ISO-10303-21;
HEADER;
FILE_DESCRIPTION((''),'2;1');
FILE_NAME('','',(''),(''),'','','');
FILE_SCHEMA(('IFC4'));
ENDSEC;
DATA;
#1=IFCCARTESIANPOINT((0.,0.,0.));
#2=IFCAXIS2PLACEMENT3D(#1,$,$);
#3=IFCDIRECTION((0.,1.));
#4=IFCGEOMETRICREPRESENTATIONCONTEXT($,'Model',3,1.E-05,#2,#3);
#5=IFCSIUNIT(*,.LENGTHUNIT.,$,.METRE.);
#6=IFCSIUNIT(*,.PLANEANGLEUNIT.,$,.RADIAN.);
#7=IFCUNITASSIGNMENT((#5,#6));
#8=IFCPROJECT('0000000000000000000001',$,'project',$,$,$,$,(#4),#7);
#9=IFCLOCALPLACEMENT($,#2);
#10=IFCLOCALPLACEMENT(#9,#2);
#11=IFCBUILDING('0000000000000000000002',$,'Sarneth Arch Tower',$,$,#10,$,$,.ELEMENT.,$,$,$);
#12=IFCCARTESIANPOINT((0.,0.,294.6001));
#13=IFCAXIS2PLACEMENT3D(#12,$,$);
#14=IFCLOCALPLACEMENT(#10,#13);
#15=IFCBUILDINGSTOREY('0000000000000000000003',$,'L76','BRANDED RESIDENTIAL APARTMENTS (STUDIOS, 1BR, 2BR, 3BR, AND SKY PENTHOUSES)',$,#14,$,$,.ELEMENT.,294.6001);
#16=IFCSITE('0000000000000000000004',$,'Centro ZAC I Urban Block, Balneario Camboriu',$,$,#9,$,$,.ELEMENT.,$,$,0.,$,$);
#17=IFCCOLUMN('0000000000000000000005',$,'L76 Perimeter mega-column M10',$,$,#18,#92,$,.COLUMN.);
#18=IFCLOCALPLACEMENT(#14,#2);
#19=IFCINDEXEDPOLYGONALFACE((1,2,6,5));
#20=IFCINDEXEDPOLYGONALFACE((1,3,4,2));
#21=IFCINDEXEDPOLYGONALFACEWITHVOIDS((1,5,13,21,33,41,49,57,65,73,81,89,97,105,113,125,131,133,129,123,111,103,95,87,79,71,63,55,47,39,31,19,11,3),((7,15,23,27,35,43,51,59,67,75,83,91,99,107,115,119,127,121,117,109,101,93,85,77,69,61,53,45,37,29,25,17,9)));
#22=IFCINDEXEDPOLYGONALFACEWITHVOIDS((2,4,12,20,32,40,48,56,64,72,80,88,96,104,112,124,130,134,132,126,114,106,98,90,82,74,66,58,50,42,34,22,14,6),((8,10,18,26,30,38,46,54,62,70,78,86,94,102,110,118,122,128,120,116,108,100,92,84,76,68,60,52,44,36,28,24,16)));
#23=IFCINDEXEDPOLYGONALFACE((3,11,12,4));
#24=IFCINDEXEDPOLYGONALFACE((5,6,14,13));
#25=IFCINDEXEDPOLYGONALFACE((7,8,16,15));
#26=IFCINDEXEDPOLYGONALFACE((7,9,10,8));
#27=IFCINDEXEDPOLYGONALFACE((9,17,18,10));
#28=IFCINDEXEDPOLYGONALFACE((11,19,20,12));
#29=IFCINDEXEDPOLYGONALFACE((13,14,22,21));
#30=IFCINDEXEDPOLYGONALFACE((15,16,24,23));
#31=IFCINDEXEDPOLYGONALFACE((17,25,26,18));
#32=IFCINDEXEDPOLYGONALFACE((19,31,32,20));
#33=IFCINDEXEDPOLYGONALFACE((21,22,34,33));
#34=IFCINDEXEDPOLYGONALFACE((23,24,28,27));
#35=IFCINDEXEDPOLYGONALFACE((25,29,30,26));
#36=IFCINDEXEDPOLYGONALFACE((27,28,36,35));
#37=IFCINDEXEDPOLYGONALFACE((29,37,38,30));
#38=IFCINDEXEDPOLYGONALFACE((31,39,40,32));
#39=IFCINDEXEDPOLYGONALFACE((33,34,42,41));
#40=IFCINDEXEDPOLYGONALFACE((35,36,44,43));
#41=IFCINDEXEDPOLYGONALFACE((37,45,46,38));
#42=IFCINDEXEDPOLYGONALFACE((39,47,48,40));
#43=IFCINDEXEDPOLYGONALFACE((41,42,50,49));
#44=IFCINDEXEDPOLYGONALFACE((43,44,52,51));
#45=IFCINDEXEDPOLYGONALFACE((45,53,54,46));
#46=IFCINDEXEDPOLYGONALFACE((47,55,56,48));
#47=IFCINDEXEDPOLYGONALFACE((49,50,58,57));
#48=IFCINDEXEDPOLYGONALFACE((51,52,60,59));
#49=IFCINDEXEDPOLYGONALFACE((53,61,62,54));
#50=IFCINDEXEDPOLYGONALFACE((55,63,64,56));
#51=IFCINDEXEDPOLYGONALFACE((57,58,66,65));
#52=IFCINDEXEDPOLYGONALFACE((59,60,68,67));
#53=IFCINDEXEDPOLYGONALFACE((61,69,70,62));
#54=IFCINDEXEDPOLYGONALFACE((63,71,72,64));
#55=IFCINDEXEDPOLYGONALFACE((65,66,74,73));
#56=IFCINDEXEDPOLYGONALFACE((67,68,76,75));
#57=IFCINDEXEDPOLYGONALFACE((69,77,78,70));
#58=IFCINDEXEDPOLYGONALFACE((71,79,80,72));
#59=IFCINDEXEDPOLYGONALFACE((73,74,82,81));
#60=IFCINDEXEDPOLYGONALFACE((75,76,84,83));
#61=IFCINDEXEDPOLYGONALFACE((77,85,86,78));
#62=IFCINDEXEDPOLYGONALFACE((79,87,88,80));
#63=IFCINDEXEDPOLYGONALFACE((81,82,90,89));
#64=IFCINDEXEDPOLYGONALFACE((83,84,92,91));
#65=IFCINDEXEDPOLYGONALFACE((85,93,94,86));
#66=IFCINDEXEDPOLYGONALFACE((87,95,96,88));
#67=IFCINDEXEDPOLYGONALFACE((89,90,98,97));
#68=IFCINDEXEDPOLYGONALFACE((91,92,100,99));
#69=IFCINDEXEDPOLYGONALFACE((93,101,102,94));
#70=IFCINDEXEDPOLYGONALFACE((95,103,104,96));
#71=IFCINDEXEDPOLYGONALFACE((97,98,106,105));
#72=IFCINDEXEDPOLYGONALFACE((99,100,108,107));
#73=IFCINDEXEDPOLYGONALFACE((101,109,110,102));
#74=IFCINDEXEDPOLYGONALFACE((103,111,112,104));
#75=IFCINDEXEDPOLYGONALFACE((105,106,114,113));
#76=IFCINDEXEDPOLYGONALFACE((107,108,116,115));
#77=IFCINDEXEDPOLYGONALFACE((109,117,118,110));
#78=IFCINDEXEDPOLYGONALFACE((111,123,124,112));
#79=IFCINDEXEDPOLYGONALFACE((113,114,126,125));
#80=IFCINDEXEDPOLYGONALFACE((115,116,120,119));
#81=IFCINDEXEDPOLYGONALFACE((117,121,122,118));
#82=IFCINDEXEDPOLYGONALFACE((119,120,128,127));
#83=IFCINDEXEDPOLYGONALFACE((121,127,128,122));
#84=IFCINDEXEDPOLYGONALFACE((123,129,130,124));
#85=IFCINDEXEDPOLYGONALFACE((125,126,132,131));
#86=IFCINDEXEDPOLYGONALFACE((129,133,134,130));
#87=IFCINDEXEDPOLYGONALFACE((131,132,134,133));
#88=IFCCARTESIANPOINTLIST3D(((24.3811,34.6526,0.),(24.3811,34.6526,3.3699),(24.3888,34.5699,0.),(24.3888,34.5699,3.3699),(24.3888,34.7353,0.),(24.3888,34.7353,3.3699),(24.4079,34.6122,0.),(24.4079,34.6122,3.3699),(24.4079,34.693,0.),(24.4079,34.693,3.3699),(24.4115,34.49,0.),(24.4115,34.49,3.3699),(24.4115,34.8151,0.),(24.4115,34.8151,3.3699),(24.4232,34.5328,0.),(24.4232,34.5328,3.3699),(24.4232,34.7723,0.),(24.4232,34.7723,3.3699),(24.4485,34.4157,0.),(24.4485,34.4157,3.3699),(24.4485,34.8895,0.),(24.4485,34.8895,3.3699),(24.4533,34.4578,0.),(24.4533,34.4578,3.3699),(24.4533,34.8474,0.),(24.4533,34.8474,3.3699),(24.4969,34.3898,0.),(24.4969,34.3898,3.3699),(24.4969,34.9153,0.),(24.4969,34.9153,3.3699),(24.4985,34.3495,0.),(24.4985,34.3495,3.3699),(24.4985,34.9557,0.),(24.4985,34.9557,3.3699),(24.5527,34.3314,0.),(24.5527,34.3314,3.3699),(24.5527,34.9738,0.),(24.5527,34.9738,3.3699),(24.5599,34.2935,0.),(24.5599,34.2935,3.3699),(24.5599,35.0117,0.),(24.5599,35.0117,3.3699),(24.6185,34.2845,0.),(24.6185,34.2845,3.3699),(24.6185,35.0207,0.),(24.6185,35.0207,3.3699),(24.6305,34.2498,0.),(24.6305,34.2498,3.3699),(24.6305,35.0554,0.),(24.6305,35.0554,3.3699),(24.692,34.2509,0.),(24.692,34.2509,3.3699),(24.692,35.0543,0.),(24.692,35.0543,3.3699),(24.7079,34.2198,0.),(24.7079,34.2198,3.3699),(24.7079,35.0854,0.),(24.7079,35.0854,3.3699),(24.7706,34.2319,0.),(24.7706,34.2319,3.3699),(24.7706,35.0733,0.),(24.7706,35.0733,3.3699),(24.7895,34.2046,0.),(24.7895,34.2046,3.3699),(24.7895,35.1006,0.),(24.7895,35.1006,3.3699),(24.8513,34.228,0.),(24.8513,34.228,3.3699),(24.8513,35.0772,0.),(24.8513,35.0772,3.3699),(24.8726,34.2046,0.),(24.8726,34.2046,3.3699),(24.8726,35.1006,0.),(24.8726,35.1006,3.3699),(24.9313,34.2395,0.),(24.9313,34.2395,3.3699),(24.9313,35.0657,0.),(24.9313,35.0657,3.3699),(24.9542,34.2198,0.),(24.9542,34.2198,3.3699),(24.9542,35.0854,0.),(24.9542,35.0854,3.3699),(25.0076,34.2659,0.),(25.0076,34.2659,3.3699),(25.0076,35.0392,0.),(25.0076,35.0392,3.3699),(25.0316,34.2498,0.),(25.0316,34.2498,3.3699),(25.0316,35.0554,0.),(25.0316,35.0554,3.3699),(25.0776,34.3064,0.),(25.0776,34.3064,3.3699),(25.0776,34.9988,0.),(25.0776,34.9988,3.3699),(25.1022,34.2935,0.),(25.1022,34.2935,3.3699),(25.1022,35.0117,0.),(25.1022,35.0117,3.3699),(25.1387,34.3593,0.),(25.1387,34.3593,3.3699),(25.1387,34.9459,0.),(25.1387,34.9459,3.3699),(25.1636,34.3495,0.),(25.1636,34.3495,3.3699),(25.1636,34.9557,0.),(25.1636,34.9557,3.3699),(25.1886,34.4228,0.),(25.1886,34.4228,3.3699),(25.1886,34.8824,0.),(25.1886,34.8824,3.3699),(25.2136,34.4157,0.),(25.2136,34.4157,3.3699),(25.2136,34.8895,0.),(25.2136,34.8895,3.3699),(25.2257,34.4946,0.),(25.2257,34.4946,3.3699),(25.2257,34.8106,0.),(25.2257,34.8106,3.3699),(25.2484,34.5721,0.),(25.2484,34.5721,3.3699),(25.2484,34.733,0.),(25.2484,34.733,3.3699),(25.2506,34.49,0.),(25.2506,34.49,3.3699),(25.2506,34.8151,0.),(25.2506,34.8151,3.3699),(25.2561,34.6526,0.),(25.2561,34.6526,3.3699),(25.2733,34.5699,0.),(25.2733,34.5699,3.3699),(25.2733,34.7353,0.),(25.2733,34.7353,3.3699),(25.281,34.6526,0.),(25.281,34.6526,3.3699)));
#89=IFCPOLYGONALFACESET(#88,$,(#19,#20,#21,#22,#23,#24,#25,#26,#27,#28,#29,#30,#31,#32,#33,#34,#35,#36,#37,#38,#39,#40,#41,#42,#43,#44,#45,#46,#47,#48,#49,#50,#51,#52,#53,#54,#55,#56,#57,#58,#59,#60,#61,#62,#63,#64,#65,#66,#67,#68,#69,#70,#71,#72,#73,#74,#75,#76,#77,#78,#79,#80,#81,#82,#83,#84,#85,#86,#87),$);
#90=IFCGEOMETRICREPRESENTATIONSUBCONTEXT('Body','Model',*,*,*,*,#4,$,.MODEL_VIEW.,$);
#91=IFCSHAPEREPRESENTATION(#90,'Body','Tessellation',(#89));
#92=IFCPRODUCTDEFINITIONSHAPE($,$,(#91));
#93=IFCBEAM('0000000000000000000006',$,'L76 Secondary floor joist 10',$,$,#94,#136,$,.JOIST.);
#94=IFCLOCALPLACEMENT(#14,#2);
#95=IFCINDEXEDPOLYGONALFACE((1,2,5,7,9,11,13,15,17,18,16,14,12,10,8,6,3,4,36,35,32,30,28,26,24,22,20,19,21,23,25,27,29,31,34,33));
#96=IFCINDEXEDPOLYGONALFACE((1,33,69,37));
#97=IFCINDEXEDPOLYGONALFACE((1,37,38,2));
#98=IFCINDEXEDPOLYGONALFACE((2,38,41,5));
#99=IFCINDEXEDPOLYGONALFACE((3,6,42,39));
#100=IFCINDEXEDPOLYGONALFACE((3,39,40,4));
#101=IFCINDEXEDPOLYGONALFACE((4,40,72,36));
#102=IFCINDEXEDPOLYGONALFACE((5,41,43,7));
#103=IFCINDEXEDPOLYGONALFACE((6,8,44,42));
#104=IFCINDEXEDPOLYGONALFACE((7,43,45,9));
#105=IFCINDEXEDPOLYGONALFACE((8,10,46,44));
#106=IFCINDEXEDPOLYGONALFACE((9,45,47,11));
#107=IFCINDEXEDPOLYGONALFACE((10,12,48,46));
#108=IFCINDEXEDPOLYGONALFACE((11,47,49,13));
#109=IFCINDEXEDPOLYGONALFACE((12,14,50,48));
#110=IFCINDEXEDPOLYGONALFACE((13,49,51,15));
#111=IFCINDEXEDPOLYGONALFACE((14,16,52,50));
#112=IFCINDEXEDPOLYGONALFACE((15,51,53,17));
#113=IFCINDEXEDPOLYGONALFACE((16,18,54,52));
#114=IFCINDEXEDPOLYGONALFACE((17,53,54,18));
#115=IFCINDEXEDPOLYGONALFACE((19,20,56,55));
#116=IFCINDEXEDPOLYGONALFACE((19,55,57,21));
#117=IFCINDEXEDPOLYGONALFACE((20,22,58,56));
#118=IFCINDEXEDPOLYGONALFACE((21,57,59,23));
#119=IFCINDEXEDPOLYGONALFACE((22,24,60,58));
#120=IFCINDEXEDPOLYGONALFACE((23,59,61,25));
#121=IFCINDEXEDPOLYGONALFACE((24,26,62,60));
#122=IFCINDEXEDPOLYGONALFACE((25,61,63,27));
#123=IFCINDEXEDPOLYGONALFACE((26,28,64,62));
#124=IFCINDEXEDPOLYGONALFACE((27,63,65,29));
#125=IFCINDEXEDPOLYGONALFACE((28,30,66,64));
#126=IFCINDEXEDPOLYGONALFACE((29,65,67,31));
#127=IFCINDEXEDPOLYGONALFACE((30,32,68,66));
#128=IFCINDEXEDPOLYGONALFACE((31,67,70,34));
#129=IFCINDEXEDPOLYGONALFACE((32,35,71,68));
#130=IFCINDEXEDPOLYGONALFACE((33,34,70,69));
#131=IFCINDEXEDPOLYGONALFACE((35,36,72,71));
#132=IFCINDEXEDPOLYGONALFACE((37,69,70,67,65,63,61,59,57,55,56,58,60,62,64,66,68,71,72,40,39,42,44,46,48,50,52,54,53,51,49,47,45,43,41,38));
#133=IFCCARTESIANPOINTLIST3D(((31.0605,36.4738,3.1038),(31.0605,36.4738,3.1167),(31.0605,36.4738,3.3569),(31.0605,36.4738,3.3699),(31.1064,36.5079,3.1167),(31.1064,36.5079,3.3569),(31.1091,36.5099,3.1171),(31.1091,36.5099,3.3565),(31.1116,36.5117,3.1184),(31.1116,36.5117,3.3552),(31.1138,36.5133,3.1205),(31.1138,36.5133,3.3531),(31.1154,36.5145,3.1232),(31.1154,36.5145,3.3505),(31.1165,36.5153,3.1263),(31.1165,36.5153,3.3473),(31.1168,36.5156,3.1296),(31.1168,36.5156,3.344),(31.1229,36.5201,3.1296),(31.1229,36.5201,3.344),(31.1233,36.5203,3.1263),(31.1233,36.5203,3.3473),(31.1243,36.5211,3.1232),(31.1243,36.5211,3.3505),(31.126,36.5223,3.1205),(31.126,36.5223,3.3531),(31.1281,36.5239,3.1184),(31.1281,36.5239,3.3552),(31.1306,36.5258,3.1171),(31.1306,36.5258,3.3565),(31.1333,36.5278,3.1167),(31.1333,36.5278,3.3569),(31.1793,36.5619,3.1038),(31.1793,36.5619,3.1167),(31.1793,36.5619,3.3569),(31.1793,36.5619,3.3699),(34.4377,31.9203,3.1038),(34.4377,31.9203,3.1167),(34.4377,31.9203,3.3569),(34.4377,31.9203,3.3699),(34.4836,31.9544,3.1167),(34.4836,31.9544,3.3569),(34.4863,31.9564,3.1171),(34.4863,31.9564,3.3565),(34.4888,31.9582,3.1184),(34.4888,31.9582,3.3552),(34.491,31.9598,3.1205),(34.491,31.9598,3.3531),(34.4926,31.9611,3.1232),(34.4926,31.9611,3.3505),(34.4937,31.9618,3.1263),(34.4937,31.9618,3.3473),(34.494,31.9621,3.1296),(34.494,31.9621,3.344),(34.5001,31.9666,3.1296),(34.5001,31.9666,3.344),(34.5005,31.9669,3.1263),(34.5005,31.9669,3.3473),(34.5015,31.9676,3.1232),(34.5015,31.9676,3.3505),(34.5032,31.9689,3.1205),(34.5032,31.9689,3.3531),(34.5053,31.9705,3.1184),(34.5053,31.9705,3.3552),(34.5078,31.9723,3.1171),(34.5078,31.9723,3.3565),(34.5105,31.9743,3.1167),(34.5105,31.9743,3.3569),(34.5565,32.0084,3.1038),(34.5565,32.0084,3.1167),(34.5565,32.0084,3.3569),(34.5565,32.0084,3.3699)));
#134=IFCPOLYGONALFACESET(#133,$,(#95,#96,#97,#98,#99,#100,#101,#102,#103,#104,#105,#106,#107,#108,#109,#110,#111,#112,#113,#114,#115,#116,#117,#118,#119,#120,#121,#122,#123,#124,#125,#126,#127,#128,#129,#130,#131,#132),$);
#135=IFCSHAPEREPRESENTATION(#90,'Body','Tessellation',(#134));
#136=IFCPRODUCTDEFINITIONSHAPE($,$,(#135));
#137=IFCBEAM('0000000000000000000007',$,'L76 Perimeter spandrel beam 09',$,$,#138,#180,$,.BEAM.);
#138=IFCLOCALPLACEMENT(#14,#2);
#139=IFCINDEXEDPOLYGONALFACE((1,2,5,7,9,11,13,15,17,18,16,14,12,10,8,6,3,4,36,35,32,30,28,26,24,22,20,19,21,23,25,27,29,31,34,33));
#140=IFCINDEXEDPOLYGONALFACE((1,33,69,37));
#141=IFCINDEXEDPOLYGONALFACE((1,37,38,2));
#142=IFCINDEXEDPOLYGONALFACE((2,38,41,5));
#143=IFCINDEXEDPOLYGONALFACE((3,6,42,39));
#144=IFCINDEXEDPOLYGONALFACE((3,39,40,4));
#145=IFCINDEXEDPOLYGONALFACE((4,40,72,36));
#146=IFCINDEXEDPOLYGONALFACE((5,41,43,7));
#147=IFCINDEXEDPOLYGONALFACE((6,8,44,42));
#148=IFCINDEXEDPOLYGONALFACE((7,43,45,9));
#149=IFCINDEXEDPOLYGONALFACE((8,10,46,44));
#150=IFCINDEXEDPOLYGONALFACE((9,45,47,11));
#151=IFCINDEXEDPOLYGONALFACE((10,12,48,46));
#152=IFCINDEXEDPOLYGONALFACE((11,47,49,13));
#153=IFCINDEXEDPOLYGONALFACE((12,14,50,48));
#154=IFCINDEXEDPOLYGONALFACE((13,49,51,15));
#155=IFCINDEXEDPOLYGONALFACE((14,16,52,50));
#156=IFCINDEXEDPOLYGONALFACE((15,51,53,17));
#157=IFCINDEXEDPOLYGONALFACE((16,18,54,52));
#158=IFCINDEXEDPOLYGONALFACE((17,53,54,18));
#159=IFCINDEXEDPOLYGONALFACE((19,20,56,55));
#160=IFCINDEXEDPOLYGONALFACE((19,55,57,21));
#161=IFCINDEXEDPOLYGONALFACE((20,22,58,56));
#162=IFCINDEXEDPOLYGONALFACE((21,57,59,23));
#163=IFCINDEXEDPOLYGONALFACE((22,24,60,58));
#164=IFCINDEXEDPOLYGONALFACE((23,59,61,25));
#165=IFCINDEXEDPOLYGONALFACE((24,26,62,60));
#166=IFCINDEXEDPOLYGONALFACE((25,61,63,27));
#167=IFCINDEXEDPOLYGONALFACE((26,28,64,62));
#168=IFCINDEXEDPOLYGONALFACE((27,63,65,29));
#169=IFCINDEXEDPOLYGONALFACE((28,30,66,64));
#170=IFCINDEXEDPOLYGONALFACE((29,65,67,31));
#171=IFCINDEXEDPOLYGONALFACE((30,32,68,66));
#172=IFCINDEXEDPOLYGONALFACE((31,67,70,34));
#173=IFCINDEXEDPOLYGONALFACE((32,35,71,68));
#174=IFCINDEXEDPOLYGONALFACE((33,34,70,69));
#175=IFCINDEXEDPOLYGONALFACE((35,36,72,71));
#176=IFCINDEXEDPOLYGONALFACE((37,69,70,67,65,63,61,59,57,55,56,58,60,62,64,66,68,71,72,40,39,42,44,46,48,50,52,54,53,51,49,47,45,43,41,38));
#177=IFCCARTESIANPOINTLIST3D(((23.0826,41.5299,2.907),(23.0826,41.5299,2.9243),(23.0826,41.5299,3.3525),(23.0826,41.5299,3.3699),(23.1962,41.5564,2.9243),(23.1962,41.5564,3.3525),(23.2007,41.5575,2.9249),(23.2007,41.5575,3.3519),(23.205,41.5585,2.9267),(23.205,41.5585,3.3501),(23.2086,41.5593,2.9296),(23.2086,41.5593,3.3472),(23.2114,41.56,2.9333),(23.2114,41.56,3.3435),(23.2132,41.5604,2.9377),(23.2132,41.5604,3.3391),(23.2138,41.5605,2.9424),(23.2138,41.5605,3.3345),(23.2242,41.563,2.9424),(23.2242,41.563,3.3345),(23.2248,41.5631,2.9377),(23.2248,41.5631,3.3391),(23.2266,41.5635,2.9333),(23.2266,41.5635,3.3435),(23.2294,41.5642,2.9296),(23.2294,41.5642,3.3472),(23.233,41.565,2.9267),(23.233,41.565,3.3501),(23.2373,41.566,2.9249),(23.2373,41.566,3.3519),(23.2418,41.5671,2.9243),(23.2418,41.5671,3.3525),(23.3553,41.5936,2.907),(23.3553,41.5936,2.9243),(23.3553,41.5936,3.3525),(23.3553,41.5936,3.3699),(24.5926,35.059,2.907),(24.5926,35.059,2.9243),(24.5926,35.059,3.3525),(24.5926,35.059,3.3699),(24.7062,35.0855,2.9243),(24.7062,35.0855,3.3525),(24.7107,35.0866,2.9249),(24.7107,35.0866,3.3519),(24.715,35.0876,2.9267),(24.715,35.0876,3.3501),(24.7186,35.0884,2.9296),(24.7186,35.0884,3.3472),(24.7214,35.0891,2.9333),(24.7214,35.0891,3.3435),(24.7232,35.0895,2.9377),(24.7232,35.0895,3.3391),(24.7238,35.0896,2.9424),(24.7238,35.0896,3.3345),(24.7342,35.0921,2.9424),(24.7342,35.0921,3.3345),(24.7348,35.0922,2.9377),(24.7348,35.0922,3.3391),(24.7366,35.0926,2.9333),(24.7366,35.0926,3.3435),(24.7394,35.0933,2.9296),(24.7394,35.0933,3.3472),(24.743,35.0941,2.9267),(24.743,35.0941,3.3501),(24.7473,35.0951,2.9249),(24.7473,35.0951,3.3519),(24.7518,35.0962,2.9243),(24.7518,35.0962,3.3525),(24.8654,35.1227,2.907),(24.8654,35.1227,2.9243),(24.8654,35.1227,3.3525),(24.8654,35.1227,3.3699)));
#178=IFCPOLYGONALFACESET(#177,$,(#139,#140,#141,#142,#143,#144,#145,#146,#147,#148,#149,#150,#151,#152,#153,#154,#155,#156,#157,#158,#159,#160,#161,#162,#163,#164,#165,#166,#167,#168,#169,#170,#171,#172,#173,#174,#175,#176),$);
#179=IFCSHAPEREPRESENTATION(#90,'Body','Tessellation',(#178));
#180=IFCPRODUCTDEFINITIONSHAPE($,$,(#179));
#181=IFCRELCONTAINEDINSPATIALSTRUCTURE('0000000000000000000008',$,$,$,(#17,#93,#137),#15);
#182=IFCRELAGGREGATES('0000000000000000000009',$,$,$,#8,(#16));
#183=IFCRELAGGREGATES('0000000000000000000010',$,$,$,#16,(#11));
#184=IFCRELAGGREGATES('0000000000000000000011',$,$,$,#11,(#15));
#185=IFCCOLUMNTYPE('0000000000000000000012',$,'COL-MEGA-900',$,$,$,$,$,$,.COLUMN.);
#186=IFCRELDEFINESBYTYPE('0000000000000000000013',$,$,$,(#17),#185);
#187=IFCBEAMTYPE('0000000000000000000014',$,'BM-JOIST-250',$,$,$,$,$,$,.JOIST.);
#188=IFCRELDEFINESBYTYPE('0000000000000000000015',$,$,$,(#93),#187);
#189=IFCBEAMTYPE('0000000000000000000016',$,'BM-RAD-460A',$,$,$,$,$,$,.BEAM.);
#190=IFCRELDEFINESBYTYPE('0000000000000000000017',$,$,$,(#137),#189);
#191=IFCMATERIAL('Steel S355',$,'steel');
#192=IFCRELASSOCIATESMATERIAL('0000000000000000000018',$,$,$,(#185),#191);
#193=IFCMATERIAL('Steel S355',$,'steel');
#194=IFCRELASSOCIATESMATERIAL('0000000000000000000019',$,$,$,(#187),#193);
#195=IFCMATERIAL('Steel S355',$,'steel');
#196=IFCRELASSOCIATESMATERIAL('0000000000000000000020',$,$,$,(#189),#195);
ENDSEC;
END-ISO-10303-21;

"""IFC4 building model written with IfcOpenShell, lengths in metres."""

from ifc_helpers import new_model, si_unit, direction, frame, origin, origin_2d, place, context, subcontext, project, spatial, hollow_circle, i_section, extrude, material, material_profile, profile_set, type_object, element, save


model = new_model("IFC4")

# Units and contexts
model_context = context("Model", 3, precision=1e-05, world=origin(), true_north=direction((0.0, 1.0)))
body_context = subcontext(model_context, "Body", "Model", "MODEL_VIEW")
ifc_project = project(units=[si_unit("LENGTHUNIT", "METRE"), si_unit("PLANEANGLEUNIT", "RADIAN")], contexts=[model_context])

# Site, building, storey
site_placement = place(None, origin())
site = spatial("IfcSite", under=ifc_project, at=site_placement, Name="Centro ZAC I Urban Block, Balneario Camboriu", CompositionType="ELEMENT", RefElevation=0.0)
building_placement = place(site_placement, origin())
building = spatial("IfcBuilding", under=site, at=building_placement, Name="Sarneth Arch Tower", CompositionType="ELEMENT")
storey_placement = place(building_placement, frame((0.0, 0.0, 294.6001)))
storey = spatial("IfcBuildingStorey", under=building, at=storey_placement, Name="L76", Description="BRANDED RESIDENTIAL APARTMENTS (STUDIOS, 1BR, 2BR, 3BR, AND SKY PENTHOUSES)", CompositionType="ELEMENT", Elevation=294.6001)

# Column
ifc_material_1 = material(Name="Steel S355", Category="steel")
ifc_material_profile_1 = material_profile(ifc_material_1, hollow_circle(Radius=0.45, WallThickness=0.0249, at=origin_2d()), Name="CHS900x25")
ifc_profile_set_1 = profile_set([ifc_material_profile_1], Name="Steel S355")
column_type = type_object("IfcColumnType", Name="COL-MEGA-900", PredefinedType="COLUMN", material=ifc_profile_set_1)
column_placement = place(storey_placement, frame((24.8311, 34.6526, 0.0), z_axis=(0.0, 0.0, 1.0), x_axis=(1.0, 0.0, 0.0)))
element("IfcColumn", 1, at=column_placement, inside=storey, type_object=column_type, Name="L76 Perimeter mega-column M10", PredefinedType="COLUMN", context=body_context, shape_type="SweptSolid", body=[
    extrude(hollow_circle(Radius=0.45, WallThickness=0.0249, at=origin_2d()), origin(), (0.0, 0.0, 1.0), 3.3699),
])

# Beams
ifc_material_2 = material(Name="Steel S355", Category="steel")
ifc_material_profile_2 = material_profile(ifc_material_2, i_section(OverallWidth=0.1479, OverallDepth=0.2661, WebThickness=0.0076, FlangeThickness=0.0129, FilletRadius=0.0129, at=origin_2d()), Name="W250x44.8")
ifc_profile_set_2 = profile_set([ifc_material_profile_2], Name="Steel S355")
beam_type_1 = type_object("IfcBeamType", Name="BM-JOIST-250", PredefinedType="JOIST", material=ifc_profile_set_2)
beam_1_placement = place(storey_placement, frame((31.1199, 36.5178, 3.2368), z_axis=(0.595713, -0.803198, 0.0), x_axis=(0.803198, 0.595713, 0.0)))
element("IfcBeam", 2, at=beam_1_placement, inside=storey, type_object=beam_type_1, Name="L76 Secondary floor joist 10", PredefinedType="JOIST", context=body_context, shape_type="SweptSolid", body=[
    extrude(i_section(OverallWidth=0.1479, OverallDepth=0.2661, WebThickness=0.0076, FlangeThickness=0.0129, FilletRadius=0.0129, at=origin_2d()), origin(), (0.0, 0.0, 1.0), 5.6692),
])
ifc_material_3 = material(Name="Steel S355", Category="steel")
ifc_material_profile_3 = material_profile(ifc_material_3, i_section(OverallWidth=0.28, OverallDepth=0.4629, WebThickness=0.0107, FlangeThickness=0.0173, FilletRadius=0.0181, at=origin_2d()), Name="W460x113")
ifc_profile_set_3 = profile_set([ifc_material_profile_3], Name="Steel S355")
beam_type_2 = type_object("IfcBeamType", Name="BM-RAD-460A", PredefinedType="BEAM", material=ifc_profile_set_3)
beam_2_placement = place(storey_placement, frame((23.219, 41.5618, 3.1384), z_axis=(0.227247, -0.973837, 0.0), x_axis=(0.973837, 0.227247, 0.0)))
element("IfcBeam", 3, at=beam_2_placement, inside=storey, type_object=beam_type_2, Name="L76 Perimeter spandrel beam 09", PredefinedType="BEAM", context=body_context, shape_type="SweptSolid", body=[
    extrude(i_section(OverallWidth=0.28, OverallDepth=0.4629, WebThickness=0.0107, FlangeThickness=0.0173, FilletRadius=0.0181, at=origin_2d()), origin(), (0.0, 0.0, 1.0), 6.6448),
])

save(model, "model.ifc")
